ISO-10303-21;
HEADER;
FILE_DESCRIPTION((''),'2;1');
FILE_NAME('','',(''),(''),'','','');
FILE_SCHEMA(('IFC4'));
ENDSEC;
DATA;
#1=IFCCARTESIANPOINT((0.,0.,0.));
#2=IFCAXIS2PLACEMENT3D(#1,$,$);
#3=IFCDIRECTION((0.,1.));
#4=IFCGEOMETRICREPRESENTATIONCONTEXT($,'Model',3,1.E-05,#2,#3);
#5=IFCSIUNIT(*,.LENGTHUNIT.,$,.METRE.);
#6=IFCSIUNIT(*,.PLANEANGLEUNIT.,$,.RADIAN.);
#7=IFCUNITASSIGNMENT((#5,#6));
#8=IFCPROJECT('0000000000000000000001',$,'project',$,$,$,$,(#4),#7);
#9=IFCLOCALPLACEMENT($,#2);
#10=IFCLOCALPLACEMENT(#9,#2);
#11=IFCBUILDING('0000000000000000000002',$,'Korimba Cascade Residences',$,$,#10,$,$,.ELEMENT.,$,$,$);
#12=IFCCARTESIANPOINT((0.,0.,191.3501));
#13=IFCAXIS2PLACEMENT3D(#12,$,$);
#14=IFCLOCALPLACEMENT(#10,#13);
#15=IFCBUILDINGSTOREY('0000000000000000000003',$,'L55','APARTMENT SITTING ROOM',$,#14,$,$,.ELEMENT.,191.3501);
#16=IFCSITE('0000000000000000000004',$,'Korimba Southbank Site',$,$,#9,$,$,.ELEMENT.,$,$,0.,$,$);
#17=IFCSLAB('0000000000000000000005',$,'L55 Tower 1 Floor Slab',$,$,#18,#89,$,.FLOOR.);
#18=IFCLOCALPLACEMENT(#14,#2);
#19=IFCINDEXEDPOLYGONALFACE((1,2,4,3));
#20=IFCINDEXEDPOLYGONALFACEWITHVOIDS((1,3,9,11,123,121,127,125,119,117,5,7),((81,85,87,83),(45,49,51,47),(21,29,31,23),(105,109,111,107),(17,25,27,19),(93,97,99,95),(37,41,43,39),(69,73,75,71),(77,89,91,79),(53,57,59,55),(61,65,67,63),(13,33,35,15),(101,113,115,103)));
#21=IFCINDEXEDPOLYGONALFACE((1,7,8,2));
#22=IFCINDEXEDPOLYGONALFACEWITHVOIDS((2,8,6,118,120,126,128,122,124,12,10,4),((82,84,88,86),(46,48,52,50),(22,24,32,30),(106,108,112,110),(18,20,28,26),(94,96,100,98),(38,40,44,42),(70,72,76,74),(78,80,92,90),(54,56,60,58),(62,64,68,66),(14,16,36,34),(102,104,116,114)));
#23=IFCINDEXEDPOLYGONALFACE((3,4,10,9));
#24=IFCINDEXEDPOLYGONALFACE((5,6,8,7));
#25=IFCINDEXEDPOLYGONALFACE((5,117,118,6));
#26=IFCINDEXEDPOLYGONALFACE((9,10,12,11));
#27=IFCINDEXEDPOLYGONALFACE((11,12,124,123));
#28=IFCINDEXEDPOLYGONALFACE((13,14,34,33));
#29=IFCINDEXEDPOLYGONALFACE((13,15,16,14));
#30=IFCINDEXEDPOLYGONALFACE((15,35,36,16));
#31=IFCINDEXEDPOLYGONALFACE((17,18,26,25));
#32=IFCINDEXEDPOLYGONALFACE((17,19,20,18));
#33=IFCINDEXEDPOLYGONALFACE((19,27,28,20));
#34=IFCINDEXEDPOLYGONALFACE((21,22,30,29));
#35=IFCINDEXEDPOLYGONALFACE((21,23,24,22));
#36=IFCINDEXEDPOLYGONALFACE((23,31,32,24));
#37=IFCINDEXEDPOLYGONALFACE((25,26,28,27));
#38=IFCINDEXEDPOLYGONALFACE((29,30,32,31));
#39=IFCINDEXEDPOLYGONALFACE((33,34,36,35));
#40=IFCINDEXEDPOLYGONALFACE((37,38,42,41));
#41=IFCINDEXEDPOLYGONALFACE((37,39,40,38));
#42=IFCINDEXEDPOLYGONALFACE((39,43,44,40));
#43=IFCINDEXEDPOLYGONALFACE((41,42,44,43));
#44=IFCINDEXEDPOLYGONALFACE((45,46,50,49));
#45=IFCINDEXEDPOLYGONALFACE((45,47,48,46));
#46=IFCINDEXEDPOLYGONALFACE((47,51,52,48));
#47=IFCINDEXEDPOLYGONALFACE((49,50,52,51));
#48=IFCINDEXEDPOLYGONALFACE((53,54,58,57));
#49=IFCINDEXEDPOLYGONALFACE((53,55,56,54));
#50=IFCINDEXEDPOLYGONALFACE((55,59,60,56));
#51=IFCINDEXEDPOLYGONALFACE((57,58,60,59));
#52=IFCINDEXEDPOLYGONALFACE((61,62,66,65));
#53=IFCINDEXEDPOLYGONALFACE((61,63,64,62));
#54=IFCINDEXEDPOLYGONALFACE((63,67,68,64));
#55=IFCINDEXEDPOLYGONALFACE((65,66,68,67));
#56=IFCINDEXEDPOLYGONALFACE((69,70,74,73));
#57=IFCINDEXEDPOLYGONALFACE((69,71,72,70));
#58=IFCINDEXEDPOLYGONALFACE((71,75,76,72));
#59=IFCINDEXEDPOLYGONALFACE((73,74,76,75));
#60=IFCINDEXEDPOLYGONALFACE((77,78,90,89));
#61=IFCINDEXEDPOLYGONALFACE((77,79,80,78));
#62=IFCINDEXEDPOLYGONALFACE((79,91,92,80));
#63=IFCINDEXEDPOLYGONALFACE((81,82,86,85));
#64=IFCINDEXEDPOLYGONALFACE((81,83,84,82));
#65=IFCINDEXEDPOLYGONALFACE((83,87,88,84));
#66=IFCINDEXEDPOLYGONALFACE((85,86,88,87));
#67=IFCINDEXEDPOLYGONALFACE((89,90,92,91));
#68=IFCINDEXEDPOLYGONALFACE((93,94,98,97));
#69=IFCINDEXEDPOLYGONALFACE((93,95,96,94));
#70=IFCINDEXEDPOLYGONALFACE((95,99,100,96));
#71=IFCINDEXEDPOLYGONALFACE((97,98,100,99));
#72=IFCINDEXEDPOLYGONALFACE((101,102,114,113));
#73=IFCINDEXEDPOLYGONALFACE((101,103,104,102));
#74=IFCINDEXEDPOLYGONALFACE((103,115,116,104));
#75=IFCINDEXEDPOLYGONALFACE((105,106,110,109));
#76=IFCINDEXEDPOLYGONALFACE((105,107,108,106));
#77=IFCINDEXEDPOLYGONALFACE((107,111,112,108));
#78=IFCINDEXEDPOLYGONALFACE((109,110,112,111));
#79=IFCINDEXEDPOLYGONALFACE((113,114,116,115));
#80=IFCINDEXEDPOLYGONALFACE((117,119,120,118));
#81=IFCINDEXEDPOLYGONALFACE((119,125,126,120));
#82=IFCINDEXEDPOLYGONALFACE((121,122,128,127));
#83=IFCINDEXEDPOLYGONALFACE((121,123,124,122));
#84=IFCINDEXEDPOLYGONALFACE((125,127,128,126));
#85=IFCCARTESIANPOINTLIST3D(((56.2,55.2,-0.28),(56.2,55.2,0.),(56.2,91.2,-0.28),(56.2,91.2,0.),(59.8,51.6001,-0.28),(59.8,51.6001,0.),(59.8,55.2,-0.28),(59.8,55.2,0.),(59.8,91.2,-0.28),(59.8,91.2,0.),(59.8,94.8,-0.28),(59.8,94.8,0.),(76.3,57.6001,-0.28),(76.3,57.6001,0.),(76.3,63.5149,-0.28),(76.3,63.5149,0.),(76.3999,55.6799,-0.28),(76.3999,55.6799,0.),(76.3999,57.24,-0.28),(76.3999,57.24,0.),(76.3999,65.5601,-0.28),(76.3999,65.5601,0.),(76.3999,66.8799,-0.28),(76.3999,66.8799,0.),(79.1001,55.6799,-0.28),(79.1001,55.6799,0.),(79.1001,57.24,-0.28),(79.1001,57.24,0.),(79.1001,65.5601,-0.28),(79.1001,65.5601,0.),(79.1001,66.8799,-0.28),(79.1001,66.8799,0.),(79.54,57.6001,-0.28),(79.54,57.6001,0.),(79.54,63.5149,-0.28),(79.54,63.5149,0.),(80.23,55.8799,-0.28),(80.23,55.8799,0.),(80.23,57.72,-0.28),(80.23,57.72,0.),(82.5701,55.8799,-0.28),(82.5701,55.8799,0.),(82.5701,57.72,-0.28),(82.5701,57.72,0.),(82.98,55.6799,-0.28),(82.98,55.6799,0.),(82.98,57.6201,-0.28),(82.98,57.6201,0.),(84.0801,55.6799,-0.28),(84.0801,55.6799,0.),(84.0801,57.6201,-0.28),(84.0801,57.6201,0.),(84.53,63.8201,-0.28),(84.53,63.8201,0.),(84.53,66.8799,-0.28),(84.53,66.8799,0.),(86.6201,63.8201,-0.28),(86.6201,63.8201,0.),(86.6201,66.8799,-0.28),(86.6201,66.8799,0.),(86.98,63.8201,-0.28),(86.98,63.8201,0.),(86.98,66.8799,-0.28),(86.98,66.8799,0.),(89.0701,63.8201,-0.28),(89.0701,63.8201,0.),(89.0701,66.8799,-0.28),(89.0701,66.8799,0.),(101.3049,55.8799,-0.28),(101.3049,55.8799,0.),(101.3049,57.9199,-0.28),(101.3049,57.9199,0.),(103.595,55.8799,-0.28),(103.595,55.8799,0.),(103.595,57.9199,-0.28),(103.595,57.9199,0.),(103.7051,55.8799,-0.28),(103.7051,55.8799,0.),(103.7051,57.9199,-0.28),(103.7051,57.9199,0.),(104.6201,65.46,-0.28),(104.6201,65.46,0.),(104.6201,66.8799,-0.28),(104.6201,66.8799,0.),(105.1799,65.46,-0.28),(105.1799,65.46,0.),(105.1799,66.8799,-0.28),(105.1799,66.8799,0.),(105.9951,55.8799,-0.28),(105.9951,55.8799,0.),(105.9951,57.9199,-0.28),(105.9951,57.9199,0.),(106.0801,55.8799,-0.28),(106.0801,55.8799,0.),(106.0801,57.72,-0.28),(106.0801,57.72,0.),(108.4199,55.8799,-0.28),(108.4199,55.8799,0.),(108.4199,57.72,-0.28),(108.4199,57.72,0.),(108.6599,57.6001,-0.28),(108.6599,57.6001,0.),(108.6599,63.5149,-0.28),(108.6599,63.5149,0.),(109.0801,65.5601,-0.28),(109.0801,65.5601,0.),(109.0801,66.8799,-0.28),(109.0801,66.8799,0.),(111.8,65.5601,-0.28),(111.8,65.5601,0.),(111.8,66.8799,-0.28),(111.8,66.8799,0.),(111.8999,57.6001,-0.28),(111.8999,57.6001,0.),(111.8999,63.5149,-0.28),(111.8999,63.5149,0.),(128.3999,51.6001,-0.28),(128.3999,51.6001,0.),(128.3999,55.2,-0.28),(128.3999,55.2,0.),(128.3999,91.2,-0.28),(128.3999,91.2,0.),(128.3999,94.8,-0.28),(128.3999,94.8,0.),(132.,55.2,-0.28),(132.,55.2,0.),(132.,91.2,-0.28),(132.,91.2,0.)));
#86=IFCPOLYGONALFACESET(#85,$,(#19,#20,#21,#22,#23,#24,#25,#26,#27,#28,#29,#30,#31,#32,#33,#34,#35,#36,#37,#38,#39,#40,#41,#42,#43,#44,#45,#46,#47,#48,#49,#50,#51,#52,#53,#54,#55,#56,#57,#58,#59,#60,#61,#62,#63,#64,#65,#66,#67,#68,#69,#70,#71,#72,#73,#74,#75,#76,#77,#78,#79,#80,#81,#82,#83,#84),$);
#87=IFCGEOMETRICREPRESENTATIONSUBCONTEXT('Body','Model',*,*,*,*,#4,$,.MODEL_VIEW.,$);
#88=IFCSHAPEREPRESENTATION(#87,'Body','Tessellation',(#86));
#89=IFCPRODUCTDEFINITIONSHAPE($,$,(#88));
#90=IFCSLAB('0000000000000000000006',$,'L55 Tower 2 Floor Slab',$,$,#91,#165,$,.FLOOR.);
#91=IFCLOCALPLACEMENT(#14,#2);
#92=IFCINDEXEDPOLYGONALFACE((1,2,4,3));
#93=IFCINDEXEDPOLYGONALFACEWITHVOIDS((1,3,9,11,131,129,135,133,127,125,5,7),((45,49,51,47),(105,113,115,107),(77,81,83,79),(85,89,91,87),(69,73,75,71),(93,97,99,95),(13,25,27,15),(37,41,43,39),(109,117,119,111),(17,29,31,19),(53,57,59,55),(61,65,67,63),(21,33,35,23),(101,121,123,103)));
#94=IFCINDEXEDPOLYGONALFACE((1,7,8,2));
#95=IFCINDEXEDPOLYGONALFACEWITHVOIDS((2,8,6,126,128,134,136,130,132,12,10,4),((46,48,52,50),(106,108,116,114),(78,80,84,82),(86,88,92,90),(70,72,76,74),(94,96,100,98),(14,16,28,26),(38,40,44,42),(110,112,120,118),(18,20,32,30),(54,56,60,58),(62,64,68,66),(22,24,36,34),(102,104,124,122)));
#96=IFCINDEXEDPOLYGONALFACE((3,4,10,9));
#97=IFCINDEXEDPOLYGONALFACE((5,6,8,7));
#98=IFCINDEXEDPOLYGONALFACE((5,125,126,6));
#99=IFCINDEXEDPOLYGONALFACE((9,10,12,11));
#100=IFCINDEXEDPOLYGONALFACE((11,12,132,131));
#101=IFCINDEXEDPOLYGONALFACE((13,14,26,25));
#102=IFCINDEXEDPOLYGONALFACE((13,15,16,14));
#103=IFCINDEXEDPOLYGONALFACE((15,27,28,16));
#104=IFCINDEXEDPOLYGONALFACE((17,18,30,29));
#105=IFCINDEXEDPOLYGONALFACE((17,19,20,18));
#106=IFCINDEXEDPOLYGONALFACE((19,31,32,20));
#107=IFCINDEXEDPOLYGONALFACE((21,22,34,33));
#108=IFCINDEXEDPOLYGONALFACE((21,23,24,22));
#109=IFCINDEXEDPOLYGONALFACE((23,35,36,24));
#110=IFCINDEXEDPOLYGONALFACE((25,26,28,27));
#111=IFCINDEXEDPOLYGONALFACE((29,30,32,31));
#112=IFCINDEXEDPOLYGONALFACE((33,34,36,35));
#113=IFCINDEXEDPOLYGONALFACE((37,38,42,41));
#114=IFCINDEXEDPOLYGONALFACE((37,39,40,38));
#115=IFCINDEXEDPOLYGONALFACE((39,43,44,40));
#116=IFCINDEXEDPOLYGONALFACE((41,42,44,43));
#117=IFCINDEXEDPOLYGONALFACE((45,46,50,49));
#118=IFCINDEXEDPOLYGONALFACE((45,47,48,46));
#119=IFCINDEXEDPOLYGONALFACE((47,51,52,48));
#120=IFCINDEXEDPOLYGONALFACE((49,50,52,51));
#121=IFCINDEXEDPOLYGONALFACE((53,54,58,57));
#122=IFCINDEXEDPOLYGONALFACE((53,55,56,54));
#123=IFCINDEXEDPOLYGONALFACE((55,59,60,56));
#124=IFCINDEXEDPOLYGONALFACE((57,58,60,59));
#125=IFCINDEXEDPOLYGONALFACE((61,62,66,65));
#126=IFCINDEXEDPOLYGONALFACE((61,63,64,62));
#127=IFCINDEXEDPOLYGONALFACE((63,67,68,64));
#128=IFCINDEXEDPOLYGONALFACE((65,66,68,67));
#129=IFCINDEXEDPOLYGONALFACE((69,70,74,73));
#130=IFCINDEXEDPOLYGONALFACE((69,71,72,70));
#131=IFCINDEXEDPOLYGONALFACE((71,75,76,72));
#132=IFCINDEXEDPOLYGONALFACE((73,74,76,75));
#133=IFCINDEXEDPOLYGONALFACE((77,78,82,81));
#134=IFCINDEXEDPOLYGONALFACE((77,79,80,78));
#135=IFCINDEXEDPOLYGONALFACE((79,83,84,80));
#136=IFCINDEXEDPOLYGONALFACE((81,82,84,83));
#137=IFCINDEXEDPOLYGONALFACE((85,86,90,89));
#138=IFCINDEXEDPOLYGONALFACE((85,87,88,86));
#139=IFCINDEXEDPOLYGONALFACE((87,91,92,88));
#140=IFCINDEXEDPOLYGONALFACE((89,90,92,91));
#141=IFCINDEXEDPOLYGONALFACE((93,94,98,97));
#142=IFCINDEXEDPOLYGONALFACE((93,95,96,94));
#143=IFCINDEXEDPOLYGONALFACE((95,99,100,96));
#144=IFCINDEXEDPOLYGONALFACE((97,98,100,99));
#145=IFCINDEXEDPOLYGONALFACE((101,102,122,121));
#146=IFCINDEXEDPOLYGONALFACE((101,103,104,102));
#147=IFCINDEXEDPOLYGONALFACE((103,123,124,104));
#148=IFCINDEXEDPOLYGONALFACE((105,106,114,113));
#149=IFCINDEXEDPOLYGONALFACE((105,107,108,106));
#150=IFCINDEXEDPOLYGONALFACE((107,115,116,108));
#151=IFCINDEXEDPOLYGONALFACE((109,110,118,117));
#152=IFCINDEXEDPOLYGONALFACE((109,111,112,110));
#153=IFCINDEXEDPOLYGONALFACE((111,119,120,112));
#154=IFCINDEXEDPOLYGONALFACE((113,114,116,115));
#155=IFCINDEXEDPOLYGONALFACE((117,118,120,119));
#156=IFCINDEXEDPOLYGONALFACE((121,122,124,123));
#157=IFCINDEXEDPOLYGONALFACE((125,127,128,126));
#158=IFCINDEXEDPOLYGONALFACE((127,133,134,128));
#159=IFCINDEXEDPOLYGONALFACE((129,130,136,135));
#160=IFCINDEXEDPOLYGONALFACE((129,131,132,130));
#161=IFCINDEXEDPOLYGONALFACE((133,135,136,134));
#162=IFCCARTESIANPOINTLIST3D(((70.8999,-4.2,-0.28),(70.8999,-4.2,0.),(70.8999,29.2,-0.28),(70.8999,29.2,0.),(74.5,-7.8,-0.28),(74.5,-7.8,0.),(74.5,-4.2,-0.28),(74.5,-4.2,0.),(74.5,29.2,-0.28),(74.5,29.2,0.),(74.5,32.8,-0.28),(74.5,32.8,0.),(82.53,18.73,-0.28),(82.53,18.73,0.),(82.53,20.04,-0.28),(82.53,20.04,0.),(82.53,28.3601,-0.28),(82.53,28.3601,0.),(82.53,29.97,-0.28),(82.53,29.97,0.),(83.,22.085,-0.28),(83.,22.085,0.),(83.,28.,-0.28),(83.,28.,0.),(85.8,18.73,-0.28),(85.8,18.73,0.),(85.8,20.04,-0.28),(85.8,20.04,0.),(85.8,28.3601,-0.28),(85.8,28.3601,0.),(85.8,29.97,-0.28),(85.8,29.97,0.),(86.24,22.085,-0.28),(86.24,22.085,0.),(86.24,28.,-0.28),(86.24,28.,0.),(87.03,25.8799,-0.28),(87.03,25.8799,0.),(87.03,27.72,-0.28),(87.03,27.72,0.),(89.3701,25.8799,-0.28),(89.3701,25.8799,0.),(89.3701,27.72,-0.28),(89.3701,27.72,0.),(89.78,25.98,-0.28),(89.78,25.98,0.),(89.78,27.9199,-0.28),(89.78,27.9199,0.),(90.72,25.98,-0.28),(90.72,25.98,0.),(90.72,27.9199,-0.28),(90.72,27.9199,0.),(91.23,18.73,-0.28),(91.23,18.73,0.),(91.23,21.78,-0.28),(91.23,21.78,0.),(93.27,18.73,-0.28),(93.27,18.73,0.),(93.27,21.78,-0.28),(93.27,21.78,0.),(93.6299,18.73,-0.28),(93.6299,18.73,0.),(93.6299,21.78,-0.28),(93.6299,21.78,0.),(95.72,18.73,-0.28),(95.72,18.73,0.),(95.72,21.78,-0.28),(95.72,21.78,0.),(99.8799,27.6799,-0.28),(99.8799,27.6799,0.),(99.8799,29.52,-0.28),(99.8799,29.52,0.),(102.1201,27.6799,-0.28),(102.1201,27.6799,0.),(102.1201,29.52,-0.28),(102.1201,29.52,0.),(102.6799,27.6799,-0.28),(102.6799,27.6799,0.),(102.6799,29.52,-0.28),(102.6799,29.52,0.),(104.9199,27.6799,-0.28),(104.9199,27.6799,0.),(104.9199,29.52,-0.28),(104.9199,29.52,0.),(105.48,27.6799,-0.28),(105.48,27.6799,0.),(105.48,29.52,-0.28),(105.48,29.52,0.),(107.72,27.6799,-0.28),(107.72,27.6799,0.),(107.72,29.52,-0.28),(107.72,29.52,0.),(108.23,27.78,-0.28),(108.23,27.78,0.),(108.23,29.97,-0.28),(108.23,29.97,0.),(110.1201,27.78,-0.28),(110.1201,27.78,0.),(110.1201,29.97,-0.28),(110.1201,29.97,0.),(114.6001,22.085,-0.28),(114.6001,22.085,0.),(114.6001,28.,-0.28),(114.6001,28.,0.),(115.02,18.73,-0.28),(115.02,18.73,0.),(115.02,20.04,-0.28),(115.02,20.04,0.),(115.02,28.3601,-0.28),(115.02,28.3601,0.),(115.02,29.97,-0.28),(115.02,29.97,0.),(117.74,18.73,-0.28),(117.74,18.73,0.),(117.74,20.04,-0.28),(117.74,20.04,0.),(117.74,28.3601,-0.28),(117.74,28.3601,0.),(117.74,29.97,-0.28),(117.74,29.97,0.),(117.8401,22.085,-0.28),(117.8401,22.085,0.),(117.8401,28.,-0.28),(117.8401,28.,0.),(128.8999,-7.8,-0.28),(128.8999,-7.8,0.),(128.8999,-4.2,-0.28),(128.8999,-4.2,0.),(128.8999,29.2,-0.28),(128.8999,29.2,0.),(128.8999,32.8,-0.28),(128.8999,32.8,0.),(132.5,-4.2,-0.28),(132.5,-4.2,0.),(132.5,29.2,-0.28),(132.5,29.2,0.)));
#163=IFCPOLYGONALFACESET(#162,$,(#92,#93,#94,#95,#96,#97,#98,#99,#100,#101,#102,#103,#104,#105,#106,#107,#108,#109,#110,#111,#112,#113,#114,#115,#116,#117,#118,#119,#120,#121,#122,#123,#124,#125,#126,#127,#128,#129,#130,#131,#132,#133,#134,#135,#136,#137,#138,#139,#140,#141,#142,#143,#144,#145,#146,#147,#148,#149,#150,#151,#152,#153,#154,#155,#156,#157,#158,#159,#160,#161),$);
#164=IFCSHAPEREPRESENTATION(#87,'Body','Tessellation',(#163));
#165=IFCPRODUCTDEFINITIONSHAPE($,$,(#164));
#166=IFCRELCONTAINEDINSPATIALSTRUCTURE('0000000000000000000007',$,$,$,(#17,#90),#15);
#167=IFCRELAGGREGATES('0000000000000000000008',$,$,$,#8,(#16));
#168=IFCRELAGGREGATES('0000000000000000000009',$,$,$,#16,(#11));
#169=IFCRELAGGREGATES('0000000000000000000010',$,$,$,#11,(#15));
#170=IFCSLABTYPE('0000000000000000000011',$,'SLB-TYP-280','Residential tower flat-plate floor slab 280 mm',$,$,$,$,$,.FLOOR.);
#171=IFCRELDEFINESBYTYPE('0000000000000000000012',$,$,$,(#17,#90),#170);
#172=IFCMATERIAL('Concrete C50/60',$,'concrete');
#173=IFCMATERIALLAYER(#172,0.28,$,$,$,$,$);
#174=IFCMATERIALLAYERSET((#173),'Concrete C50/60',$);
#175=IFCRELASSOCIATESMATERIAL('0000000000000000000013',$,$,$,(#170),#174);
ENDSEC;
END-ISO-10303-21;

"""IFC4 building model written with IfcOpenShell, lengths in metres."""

from ifc_helpers import new_model, si_unit, direction, frame, origin, place, context, subcontext, project, spatial, polyline, outline, extrude, material, layer, layer_set, type_object, element, save


model = new_model("IFC4")

# Units and contexts
model_context = context("Model", 3, precision=1e-05, world=origin(), true_north=direction((0.0, 1.0)))
body_context = subcontext(model_context, "Body", "Model", "MODEL_VIEW")
ifc_project = project(units=[si_unit("LENGTHUNIT", "METRE"), si_unit("PLANEANGLEUNIT", "RADIAN")], contexts=[model_context])

# Site, building, storey
site_placement = place(None, origin())
site = spatial("IfcSite", under=ifc_project, at=site_placement, Name="Korimba Southbank Site", CompositionType="ELEMENT", RefElevation=0.0)
building_placement = place(site_placement, origin())
building = spatial("IfcBuilding", under=site, at=building_placement, Name="Korimba Cascade Residences", CompositionType="ELEMENT")
storey_placement = place(building_placement, frame((0.0, 0.0, 191.3501)))
storey = spatial("IfcBuildingStorey", under=building, at=storey_placement, Name="L55", Description="APARTMENT SITTING ROOM", CompositionType="ELEMENT", Elevation=191.3501)

# Shared definitions
ifc_material_1 = material(Name="Concrete C50/60", Category="concrete")

# Slabs
ifc_layer_1 = layer(ifc_material_1, 0.28)
ifc_layer_set_1 = layer_set([ifc_layer_1], Name="Concrete C50/60")
slab_type_1 = type_object("IfcSlabType", Name="SLB-TYP-280", Description="Residential tower flat-plate floor slab 280 mm", PredefinedType="FLOOR", material=ifc_layer_set_1)
slab_1_placement = place(storey_placement, frame((0.0, 0.0, -0.28)))
element("IfcSlab", 1, at=slab_1_placement, inside=storey, type_object=slab_type_1, Name="L55 Tower 1 Floor Slab", PredefinedType="FLOOR", context=body_context, shape_type="SweptSolid", body=[
    extrude(outline(polyline([(59.8, 51.6001), (128.3999, 51.6001), (128.3999, 55.2), (132.0, 55.2), (132.0, 91.2), (128.3999, 91.2), (128.3999, 94.8), (59.8, 94.8), (59.8, 91.2), (56.2, 91.2), (56.2, 55.2), (59.8, 55.2), (59.8, 51.6001)]), holes=[polyline([(76.3, 63.5149), (76.3, 57.6001), (79.54, 57.6001), (79.54, 63.5149), (76.3, 63.5149)]), polyline([(108.6599, 63.5149), (108.6599, 57.6001), (111.8999, 57.6001), (111.8999, 63.5149), (108.6599, 63.5149)]), polyline([(80.23, 55.8799), (82.5701, 55.8799), (82.5701, 57.72), (80.23, 57.72), (80.23, 55.8799)]), polyline([(106.0801, 55.8799), (108.4199, 55.8799), (108.4199, 57.72), (106.0801, 57.72), (106.0801, 55.8799)]), polyline([(101.3049, 55.8799), (103.595, 55.8799), (103.595, 57.9199), (101.3049, 57.9199), (101.3049, 55.8799)]), polyline([(103.7051, 55.8799), (105.9951, 55.8799), (105.9951, 57.9199), (103.7051, 57.9199), (103.7051, 55.8799)]), polyline([(82.98, 55.6799), (84.0801, 55.6799), (84.0801, 57.6201), (82.98, 57.6201), (82.98, 55.6799)]), polyline([(76.3999, 65.5601), (79.1001, 65.5601), (79.1001, 66.8799), (76.3999, 66.8799), (76.3999, 65.5601)]), polyline([(76.3999, 55.6799), (79.1001, 55.6799), (79.1001, 57.24), (76.3999, 57.24), (76.3999, 55.6799)]), polyline([(84.53, 63.8201), (86.6201, 63.8201), (86.6201, 66.8799), (84.53, 66.8799), (84.53, 63.8201)]), polyline([(86.98, 63.8201), (89.0701, 63.8201), (89.0701, 66.8799), (86.98, 66.8799), (86.98, 63.8201)]), polyline([(104.6201, 65.46), (105.1799, 65.46), (105.1799, 66.8799), (104.6201, 66.8799), (104.6201, 65.46)]), polyline([(109.0801, 65.5601), (111.8, 65.5601), (111.8, 66.8799), (109.0801, 66.8799), (109.0801, 65.5601)])]), origin(), (0.0, 0.0, 1.0), 0.28),
])
slab_2_placement = place(storey_placement, frame((0.0, 0.0, -0.28)))
element("IfcSlab", 2, at=slab_2_placement, inside=storey, type_object=slab_type_1, Name="L55 Tower 2 Floor Slab", PredefinedType="FLOOR", context=body_context, shape_type="SweptSolid", body=[
    extrude(outline(polyline([(74.5, -7.8), (128.8999, -7.8), (128.8999, -4.2), (132.5, -4.2), (132.5, 29.2), (128.8999, 29.2), (128.8999, 32.8), (74.5, 32.8), (74.5, 29.2), (70.8999, 29.2), (70.8999, -4.2), (74.5, -4.2), (74.5, -7.8)]), holes=[polyline([(86.24, 22.085), (86.24, 28.0), (83.0, 28.0), (83.0, 22.085), (86.24, 22.085)]), polyline([(117.8401, 22.085), (117.8401, 28.0), (114.6001, 28.0), (114.6001, 22.085), (117.8401, 22.085)]), polyline([(87.03, 25.8799), (89.3701, 25.8799), (89.3701, 27.72), (87.03, 27.72), (87.03, 25.8799)]), polyline([(99.8799, 27.6799), (102.1201, 27.6799), (102.1201, 29.52), (99.8799, 29.52), (99.8799, 27.6799)]), polyline([(102.6799, 27.6799), (104.9199, 27.6799), (104.9199, 29.52), (102.6799, 29.52), (102.6799, 27.6799)]), polyline([(105.48, 27.6799), (107.72, 27.6799), (107.72, 29.52), (105.48, 29.52), (105.48, 27.6799)]), polyline([(89.78, 25.98), (90.72, 25.98), (90.72, 27.9199), (89.78, 27.9199), (89.78, 25.98)]), polyline([(82.53, 18.73), (85.8, 18.73), (85.8, 20.04), (82.53, 20.04), (82.53, 18.73)]), polyline([(82.53, 28.3601), (85.8, 28.3601), (85.8, 29.97), (82.53, 29.97), (82.53, 28.3601)]), polyline([(108.23, 27.78), (110.1201, 27.78), (110.1201, 29.97), (108.23, 29.97), (108.23, 27.78)]), polyline([(91.23, 18.73), (93.27, 18.73), (93.27, 21.78), (91.23, 21.78), (91.23, 18.73)]), polyline([(93.6299, 18.73), (95.72, 18.73), (95.72, 21.78), (93.6299, 21.78), (93.6299, 18.73)]), polyline([(115.02, 18.73), (117.74, 18.73), (117.74, 20.04), (115.02, 20.04), (115.02, 18.73)]), polyline([(115.02, 28.3601), (117.74, 28.3601), (117.74, 29.97), (115.02, 29.97), (115.02, 28.3601)])]), origin(), (0.0, 0.0, 1.0), 0.28),
])

save(model, "model.ifc")
